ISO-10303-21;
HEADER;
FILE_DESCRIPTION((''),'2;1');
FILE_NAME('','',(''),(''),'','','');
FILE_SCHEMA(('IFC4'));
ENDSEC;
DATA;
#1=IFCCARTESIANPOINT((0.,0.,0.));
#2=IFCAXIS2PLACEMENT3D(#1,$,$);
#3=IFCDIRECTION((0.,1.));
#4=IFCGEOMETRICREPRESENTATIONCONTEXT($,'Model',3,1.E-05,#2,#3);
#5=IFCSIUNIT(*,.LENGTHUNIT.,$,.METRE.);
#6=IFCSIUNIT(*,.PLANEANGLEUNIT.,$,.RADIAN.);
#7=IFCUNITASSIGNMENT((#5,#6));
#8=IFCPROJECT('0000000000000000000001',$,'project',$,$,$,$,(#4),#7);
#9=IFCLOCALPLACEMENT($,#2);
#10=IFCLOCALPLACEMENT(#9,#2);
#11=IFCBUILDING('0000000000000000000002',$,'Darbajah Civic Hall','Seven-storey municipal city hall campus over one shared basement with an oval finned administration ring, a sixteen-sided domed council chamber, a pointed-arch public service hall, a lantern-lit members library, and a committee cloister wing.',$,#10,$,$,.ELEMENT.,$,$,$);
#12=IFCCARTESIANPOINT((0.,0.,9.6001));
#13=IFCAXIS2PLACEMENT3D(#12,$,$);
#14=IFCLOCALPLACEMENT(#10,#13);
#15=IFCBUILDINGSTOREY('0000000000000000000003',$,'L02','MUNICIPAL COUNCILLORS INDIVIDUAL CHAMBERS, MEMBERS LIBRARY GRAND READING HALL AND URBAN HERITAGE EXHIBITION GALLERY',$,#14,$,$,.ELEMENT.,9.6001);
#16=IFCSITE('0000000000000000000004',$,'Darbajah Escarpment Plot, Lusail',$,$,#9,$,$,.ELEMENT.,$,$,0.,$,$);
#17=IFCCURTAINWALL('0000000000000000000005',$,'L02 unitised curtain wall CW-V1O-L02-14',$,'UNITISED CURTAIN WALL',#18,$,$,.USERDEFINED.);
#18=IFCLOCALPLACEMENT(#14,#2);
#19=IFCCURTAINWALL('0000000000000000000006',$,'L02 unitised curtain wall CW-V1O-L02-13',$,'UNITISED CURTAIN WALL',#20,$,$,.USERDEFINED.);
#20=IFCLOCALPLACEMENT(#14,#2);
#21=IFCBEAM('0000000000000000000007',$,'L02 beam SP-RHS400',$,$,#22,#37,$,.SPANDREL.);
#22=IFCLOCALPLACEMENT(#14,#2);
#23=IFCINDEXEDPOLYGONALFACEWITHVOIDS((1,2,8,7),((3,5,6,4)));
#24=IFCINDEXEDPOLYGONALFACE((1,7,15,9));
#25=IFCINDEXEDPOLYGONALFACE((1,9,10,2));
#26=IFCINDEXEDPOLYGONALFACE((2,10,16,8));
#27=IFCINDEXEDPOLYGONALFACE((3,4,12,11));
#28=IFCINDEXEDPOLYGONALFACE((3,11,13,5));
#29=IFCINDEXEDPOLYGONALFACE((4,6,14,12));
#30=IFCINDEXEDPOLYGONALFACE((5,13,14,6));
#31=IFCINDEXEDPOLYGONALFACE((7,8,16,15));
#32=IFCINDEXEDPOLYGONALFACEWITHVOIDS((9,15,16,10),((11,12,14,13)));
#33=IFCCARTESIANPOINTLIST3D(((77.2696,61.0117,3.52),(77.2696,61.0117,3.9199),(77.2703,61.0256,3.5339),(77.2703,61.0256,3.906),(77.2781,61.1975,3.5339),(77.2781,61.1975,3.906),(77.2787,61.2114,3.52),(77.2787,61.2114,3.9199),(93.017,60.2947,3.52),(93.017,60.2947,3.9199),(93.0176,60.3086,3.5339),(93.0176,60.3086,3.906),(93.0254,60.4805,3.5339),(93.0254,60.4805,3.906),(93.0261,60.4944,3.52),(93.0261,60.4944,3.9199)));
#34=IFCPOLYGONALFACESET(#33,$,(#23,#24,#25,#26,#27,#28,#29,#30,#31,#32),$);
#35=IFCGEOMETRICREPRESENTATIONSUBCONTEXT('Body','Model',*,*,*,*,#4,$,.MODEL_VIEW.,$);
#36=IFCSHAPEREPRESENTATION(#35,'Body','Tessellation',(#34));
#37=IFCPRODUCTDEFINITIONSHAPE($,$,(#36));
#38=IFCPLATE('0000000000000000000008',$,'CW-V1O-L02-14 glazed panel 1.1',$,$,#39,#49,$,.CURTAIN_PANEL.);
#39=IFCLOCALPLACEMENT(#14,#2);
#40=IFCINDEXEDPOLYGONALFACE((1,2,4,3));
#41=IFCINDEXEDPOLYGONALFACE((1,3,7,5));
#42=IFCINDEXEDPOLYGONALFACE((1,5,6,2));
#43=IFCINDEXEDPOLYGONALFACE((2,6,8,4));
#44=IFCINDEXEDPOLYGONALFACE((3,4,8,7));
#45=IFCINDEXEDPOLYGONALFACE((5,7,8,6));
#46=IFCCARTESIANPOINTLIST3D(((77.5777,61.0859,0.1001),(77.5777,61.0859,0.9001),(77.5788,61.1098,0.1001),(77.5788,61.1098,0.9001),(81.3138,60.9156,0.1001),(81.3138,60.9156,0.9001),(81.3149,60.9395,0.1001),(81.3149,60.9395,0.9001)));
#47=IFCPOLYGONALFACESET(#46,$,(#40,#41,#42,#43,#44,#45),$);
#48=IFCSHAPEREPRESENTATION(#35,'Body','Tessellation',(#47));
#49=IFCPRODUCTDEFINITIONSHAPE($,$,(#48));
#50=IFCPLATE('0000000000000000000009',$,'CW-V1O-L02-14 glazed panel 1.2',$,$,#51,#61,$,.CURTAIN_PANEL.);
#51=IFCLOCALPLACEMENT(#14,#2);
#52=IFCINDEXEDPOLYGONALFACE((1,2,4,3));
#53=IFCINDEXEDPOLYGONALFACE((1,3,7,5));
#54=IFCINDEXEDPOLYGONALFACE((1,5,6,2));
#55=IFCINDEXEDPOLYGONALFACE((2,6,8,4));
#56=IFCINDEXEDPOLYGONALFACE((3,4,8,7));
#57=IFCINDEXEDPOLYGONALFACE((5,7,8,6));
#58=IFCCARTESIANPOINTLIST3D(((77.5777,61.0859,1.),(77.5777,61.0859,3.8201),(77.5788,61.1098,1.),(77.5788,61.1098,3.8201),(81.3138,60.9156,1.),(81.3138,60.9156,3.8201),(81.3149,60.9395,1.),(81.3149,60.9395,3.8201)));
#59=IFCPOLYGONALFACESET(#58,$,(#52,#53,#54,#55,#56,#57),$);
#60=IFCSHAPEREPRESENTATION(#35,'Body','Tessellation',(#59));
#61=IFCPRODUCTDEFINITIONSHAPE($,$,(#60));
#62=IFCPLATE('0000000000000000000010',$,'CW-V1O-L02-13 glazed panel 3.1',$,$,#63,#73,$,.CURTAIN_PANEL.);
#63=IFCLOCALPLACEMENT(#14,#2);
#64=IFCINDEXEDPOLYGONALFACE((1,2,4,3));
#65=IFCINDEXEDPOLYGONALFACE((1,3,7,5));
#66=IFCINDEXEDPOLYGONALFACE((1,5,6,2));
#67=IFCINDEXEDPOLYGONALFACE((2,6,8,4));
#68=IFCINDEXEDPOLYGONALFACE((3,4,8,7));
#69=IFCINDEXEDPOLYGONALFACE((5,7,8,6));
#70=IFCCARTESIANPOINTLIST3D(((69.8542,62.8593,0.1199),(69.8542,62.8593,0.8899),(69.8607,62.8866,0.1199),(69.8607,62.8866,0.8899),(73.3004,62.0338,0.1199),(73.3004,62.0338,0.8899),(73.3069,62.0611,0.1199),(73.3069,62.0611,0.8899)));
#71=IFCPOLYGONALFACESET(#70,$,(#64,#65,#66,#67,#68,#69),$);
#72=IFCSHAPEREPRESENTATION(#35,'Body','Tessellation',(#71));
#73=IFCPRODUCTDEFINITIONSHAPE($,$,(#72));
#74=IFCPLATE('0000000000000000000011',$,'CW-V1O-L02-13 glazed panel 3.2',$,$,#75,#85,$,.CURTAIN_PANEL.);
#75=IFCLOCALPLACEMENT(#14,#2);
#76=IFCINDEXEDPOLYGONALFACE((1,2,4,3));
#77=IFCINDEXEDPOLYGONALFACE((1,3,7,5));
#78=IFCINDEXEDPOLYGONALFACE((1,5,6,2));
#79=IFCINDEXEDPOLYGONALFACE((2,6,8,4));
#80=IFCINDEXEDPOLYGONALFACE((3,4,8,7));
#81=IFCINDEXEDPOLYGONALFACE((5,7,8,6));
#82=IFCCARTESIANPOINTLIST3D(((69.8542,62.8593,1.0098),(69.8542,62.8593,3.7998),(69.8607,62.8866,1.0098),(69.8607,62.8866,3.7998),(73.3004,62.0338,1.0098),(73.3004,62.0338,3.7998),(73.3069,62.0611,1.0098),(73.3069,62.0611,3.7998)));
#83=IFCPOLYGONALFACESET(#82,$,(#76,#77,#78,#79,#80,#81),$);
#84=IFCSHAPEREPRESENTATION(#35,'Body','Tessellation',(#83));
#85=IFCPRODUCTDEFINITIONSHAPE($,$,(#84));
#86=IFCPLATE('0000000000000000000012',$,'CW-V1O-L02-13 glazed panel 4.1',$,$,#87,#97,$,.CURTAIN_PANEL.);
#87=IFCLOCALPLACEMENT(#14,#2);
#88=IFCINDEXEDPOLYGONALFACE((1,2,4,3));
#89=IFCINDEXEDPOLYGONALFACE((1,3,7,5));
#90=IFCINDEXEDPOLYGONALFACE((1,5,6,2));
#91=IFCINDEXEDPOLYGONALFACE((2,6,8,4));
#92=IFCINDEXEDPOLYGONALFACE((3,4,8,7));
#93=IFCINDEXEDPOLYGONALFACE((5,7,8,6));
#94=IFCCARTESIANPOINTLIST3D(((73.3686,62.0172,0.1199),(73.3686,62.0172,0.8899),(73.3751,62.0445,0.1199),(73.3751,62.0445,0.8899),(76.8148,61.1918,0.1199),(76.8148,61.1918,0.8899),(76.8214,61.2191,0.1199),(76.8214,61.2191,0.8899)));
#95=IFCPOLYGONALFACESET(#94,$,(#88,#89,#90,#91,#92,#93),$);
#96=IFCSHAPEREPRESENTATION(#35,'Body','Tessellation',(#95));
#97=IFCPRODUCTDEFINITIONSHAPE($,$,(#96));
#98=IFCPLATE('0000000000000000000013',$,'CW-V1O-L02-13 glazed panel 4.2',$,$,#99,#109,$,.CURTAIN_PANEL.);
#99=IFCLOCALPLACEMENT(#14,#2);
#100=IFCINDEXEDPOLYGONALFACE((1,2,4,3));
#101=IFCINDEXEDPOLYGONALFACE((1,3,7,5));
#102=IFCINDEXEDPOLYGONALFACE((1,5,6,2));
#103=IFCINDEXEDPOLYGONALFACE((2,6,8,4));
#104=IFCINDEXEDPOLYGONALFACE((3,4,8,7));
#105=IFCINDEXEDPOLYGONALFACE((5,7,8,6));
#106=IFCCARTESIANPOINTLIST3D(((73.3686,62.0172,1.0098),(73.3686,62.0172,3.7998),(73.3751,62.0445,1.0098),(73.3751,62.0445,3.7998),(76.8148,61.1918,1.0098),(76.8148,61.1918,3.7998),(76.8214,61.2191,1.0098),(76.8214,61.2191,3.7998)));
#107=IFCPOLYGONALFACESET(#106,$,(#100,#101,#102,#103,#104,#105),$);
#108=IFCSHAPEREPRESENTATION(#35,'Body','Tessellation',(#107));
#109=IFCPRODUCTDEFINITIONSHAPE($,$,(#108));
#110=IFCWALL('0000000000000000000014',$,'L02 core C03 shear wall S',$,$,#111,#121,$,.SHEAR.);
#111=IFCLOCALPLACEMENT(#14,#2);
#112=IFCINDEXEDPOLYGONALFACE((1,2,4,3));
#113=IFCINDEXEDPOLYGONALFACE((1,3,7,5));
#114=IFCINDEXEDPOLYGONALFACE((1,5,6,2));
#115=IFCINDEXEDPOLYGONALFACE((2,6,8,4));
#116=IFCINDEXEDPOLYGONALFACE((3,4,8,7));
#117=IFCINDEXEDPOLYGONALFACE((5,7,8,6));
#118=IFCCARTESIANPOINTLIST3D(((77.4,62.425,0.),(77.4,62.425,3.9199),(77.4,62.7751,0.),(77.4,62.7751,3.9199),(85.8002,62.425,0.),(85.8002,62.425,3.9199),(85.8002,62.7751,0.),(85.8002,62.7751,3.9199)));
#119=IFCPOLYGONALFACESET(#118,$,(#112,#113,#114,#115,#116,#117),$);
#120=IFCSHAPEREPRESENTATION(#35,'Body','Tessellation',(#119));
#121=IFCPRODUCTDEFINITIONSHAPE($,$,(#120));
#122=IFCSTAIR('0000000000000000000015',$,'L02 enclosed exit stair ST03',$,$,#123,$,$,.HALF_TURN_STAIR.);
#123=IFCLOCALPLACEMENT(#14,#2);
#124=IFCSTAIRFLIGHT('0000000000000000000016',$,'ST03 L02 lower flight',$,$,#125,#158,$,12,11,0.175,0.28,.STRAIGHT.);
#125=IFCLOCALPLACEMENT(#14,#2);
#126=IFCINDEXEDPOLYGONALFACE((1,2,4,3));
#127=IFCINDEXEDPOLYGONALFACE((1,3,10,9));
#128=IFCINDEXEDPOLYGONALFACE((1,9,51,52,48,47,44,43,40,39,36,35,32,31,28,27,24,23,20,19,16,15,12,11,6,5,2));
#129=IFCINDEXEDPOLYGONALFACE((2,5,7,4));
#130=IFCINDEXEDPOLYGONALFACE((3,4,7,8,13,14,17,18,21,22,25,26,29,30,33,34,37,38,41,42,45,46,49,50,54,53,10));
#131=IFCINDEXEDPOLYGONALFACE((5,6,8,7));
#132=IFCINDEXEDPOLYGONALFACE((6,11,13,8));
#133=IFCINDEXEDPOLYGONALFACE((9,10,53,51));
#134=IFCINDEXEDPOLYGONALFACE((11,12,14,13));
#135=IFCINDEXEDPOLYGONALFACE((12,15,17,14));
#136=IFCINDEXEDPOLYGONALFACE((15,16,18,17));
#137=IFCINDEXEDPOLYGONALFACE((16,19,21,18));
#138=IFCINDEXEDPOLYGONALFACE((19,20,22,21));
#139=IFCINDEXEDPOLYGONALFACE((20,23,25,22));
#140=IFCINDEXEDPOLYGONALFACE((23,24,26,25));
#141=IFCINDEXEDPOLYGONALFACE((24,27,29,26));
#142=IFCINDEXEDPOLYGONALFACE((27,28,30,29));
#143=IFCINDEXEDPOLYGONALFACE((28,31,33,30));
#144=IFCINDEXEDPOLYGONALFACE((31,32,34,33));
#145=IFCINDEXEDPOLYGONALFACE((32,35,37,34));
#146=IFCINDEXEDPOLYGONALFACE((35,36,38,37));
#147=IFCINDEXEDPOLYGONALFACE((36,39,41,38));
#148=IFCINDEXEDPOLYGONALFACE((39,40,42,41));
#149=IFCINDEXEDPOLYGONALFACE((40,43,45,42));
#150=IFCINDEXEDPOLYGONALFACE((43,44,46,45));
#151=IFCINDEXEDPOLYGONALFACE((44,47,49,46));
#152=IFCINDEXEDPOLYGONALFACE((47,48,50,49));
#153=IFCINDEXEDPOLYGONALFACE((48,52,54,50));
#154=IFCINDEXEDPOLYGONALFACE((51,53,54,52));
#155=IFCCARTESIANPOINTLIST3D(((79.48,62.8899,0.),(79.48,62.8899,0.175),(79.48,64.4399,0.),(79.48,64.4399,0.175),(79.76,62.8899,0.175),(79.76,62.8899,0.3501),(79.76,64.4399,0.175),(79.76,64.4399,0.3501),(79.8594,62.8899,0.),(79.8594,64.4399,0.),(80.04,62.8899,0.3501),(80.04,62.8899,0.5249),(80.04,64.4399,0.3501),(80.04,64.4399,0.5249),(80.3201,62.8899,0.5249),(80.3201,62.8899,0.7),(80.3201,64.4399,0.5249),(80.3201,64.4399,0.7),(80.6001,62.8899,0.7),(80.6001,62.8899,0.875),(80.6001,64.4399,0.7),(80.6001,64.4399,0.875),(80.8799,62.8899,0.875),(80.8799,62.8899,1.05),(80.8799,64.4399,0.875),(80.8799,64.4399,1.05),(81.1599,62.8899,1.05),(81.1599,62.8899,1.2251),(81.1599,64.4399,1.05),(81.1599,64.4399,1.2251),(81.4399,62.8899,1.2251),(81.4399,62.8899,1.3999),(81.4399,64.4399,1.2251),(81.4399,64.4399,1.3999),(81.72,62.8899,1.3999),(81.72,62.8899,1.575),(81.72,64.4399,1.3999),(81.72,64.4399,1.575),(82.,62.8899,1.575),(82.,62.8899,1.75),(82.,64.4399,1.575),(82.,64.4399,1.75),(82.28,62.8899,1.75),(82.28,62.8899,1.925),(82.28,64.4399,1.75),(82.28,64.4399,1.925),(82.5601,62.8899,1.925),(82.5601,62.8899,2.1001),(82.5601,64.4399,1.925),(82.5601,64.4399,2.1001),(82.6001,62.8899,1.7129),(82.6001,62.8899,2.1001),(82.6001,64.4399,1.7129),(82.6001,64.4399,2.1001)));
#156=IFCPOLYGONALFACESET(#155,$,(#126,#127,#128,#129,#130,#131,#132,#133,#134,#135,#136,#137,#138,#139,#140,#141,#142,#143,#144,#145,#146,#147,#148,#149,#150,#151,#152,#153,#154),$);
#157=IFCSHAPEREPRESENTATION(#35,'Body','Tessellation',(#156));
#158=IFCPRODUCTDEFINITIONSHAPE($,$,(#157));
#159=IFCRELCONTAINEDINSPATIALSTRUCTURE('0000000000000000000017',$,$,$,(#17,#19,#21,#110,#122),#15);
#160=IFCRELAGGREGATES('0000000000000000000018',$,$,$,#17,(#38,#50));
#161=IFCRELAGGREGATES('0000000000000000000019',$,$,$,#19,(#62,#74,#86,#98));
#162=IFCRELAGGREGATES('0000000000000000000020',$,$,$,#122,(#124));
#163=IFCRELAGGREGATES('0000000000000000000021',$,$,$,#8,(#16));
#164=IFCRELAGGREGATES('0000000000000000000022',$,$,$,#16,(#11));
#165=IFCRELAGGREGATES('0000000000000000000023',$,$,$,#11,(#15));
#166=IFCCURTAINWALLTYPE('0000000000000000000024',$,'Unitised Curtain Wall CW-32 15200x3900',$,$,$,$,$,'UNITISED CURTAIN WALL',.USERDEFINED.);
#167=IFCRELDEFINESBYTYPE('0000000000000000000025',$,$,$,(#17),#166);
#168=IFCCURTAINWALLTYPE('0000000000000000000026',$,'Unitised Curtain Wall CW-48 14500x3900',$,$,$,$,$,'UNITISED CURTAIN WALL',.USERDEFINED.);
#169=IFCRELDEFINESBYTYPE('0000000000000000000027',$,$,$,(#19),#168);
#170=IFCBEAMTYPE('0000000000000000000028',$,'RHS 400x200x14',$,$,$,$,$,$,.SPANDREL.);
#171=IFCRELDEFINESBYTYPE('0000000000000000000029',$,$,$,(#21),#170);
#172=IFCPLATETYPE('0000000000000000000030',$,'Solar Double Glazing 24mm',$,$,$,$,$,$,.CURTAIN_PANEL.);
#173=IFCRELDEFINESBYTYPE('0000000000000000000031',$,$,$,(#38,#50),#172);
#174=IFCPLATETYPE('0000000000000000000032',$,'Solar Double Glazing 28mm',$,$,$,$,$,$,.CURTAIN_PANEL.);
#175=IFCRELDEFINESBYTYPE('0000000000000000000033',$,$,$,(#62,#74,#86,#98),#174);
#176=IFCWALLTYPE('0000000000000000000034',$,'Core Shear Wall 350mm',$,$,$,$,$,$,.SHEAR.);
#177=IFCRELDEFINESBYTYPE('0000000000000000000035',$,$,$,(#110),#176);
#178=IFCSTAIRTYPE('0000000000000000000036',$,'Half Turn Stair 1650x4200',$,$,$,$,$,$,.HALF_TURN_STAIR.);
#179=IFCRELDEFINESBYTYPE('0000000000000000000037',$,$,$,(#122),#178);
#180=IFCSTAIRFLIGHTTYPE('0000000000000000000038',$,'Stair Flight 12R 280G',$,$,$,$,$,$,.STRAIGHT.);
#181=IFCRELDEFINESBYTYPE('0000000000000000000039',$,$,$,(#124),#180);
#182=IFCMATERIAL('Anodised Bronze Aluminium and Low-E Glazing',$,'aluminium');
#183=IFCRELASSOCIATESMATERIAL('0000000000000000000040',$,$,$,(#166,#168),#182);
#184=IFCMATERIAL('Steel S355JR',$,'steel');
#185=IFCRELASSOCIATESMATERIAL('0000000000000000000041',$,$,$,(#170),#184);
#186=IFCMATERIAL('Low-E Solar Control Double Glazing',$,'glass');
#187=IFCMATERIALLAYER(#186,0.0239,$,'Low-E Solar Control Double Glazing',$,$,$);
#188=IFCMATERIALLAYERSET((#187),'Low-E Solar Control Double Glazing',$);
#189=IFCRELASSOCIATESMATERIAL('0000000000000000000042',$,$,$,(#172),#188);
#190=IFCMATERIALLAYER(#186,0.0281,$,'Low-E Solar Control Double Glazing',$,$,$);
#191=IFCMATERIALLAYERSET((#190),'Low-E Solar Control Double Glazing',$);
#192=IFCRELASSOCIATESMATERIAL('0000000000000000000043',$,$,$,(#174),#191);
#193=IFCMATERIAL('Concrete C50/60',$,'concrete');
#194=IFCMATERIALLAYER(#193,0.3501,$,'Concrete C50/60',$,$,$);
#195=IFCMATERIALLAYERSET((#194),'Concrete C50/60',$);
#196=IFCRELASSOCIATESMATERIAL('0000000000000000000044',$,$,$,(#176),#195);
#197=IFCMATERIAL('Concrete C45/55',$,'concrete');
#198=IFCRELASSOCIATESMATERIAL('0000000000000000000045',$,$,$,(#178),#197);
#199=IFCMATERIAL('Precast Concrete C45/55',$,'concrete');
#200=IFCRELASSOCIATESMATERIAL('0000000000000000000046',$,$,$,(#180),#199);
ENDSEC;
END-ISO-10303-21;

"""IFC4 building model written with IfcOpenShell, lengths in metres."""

from ifc_helpers import new_model, si_unit, direction, frame, frame_2d, origin, origin_2d, place, context, subcontext, project, spatial, polyline, rectangle, hollow_rectangle, outline, extrude, material, layer, layer_set, material_profile, profile_set, type_object, element, aggregate, save


model = new_model("IFC4")

# Units and contexts
model_context = context("Model", 3, precision=1e-05, world=origin(), true_north=direction((0.0, 1.0)))
body_context = subcontext(model_context, "Body", "Model", "MODEL_VIEW")
ifc_project = project(units=[si_unit("LENGTHUNIT", "METRE"), si_unit("PLANEANGLEUNIT", "RADIAN")], contexts=[model_context])

# Site, building, storey
site_placement = place(None, origin())
site = spatial("IfcSite", under=ifc_project, at=site_placement, Name="Darbajah Escarpment Plot, Lusail", CompositionType="ELEMENT", RefElevation=0.0)
building_placement = place(site_placement, origin())
building = spatial("IfcBuilding", under=site, at=building_placement, Name="Darbajah Civic Hall", Description="Seven-storey municipal city hall campus over one shared basement with an oval finned administration ring, a sixteen-sided domed council chamber, a pointed-arch public service hall, a lantern-lit members library, and a committee cloister wing.", CompositionType="ELEMENT")
storey_placement = place(building_placement, frame((0.0, 0.0, 9.6001)))
storey = spatial("IfcBuildingStorey", under=building, at=storey_placement, Name="L02", Description="MUNICIPAL COUNCILLORS INDIVIDUAL CHAMBERS, MEMBERS LIBRARY GRAND READING HALL AND URBAN HERITAGE EXHIBITION GALLERY", CompositionType="ELEMENT", Elevation=9.6001)

# Shared definitions
ifc_material_1 = material(Name="Concrete C45/55", Category="concrete")

# Curtain wall
ifc_material_2 = material(Name="Anodised Bronze Aluminium and Low-E Glazing", Category="aluminium")
curtain_wall_type_1 = type_object("IfcCurtainWallType", Name="Unitised Curtain Wall CW-32 15200x3900", ElementType="UNITISED CURTAIN WALL", PredefinedType="USERDEFINED", material=ifc_material_2)
curtain_wall_1_placement = place(storey_placement, origin())
curtain_wall_1 = element("IfcCurtainWall", 1, at=curtain_wall_1_placement, inside=storey, type_object=curtain_wall_type_1, Name="L02 unitised curtain wall CW-V1O-L02-14", ObjectType="UNITISED CURTAIN WALL", PredefinedType="USERDEFINED")

# Curtain wall
curtain_wall_type_2 = type_object("IfcCurtainWallType", Name="Unitised Curtain Wall CW-48 14500x3900", ElementType="UNITISED CURTAIN WALL", PredefinedType="USERDEFINED", material=ifc_material_2)
curtain_wall_2_placement = place(storey_placement, origin())
curtain_wall_2 = element("IfcCurtainWall", 2, at=curtain_wall_2_placement, inside=storey, type_object=curtain_wall_type_2, Name="L02 unitised curtain wall CW-V1O-L02-13", ObjectType="UNITISED CURTAIN WALL", PredefinedType="USERDEFINED")

# Beam
ifc_material_3 = material(Name="Steel S355JR", Category="steel")
ifc_material_profile_1 = material_profile(ifc_material_3, hollow_rectangle(XDim=0.2, YDim=0.3999, WallThickness=0.0139, at=origin_2d()), Name="RHS 400x200x14")
ifc_profile_set_1 = profile_set([ifc_material_profile_1], Name="Steel S355JR")
beam_type = type_object("IfcBeamType", Name="RHS 400x200x14", PredefinedType="SPANDREL", material=ifc_profile_set_1)
beam_placement = place(storey_placement, frame((77.2742, 61.1116, 3.72), z_axis=(0.998965, -0.045487, 0.0), x_axis=(0.045487, 0.998965, 0.0)))
element("IfcBeam", 3, at=beam_placement, inside=storey, type_object=beam_type, Name="L02 beam SP-RHS400", PredefinedType="SPANDREL", context=body_context, shape_type="SweptSolid", body=[
    extrude(hollow_rectangle(XDim=0.2, YDim=0.3999, WallThickness=0.0139, at=origin_2d()), origin(), (0.0, 0.0, 1.0), 15.7637),
])

# Plates
ifc_material_4 = material(Name="Low-E Solar Control Double Glazing", Category="glass")
ifc_layer_1 = layer(ifc_material_4, 0.0239, Name="Low-E Solar Control Double Glazing")
ifc_layer_set_1 = layer_set([ifc_layer_1], Name="Low-E Solar Control Double Glazing")
plate_type_1 = type_object("IfcPlateType", Name="Solar Double Glazing 24mm", PredefinedType="CURTAIN_PANEL", material=ifc_layer_set_1)
plate_1_placement = place(storey_placement, frame((79.4463, 61.0127, 0.1001), z_axis=(0.0, 0.0, 1.0), x_axis=(0.998963, -0.045537, 0.0)))
plate_1 = element("IfcPlate", 4, at=plate_1_placement, type_object=plate_type_1, Name="CW-V1O-L02-14 glazed panel 1.1", PredefinedType="CURTAIN_PANEL", context=body_context, shape_type="SweptSolid", body=[
    extrude(rectangle(XDim=3.74, YDim=0.0239, at=origin_2d()), origin(), (0.0, 0.0, 1.0), 0.8),
])
plate_2_placement = place(storey_placement, frame((79.4463, 61.0127, 1.0), z_axis=(0.0, 0.0, 1.0), x_axis=(0.998963, -0.045537, 0.0)))
plate_2 = element("IfcPlate", 5, at=plate_2_placement, type_object=plate_type_1, Name="CW-V1O-L02-14 glazed panel 1.2", PredefinedType="CURTAIN_PANEL", context=body_context, shape_type="SweptSolid", body=[
    extrude(rectangle(XDim=3.74, YDim=0.0239, at=origin_2d()), origin(), (0.0, 0.0, 1.0), 2.8201),
])
aggregate(curtain_wall_1, [plate_1, plate_2])
ifc_layer_2 = layer(ifc_material_4, 0.0281, Name="Low-E Solar Control Double Glazing")
ifc_layer_set_2 = layer_set([ifc_layer_2], Name="Low-E Solar Control Double Glazing")
plate_type_2 = type_object("IfcPlateType", Name="Solar Double Glazing 28mm", PredefinedType="CURTAIN_PANEL", material=ifc_layer_set_2)
plate_3_placement = place(storey_placement, frame((71.5806, 62.4602, 0.1199), z_axis=(0.0, 0.0, 1.0), x_axis=(0.972492, -0.232936, 0.0)))
plate_3 = element("IfcPlate", 6, at=plate_3_placement, type_object=plate_type_2, Name="CW-V1O-L02-13 glazed panel 3.1", PredefinedType="CURTAIN_PANEL", context=body_context, shape_type="SweptSolid", body=[
    extrude(rectangle(XDim=3.5437, YDim=0.0281, at=origin_2d()), origin(), (0.0, 0.0, 1.0), 0.77),
])
plate_4_placement = place(storey_placement, frame((71.5806, 62.4602, 1.0098), z_axis=(0.0, 0.0, 1.0), x_axis=(0.972492, -0.232936, 0.0)))
plate_4 = element("IfcPlate", 7, at=plate_4_placement, type_object=plate_type_2, Name="CW-V1O-L02-13 glazed panel 3.2", PredefinedType="CURTAIN_PANEL", context=body_context, shape_type="SweptSolid", body=[
    extrude(rectangle(XDim=3.5437, YDim=0.0281, at=origin_2d()), origin(), (0.0, 0.0, 1.0), 2.79),
])
plate_5_placement = place(storey_placement, frame((75.095, 61.6182, 0.1199), z_axis=(0.0, 0.0, 1.0), x_axis=(0.972492, -0.232936, 0.0)))
plate_5 = element("IfcPlate", 8, at=plate_5_placement, type_object=plate_type_2, Name="CW-V1O-L02-13 glazed panel 4.1", PredefinedType="CURTAIN_PANEL", context=body_context, shape_type="SweptSolid", body=[
    extrude(rectangle(XDim=3.5437, YDim=0.0281, at=origin_2d()), origin(), (0.0, 0.0, 1.0), 0.77),
])
plate_6_placement = place(storey_placement, frame((75.095, 61.6182, 1.0098), z_axis=(0.0, 0.0, 1.0), x_axis=(0.972492, -0.232936, 0.0)))
plate_6 = element("IfcPlate", 9, at=plate_6_placement, type_object=plate_type_2, Name="CW-V1O-L02-13 glazed panel 4.2", PredefinedType="CURTAIN_PANEL", context=body_context, shape_type="SweptSolid", body=[
    extrude(rectangle(XDim=3.5437, YDim=0.0281, at=origin_2d()), origin(), (0.0, 0.0, 1.0), 2.79),
])
aggregate(curtain_wall_2, [plate_3, plate_4, plate_5, plate_6])

# Wall
ifc_material_5 = material(Name="Concrete C50/60", Category="concrete")
ifc_layer_3 = layer(ifc_material_5, 0.3501, Name="Concrete C50/60")
ifc_layer_set_3 = layer_set([ifc_layer_3], Name="Concrete C50/60")
wall_type = type_object("IfcWallType", Name="Core Shear Wall 350mm", PredefinedType="SHEAR", material=ifc_layer_set_3)
wall_placement = place(storey_placement, frame((77.3999, 62.6001, 0.0), z_axis=(0.0, 0.0, 1.0), x_axis=(1.0, 0.0, 0.0)))
element("IfcWall", 10, at=wall_placement, inside=storey, type_object=wall_type, Name="L02 core C03 shear wall S", PredefinedType="SHEAR", context=body_context, shape_type="SweptSolid", body=[
    extrude(rectangle(XDim=8.4001, YDim=0.3501, at=frame_2d((4.2002, 0.0))), origin(), (0.0, 0.0, 1.0), 3.9199),
])

# Stair, stair flight
stair_type = type_object("IfcStairType", Name="Half Turn Stair 1650x4200", PredefinedType="HALF_TURN_STAIR", material=ifc_material_1)
stair_placement = place(storey_placement, origin())
stair = element("IfcStair", 11, at=stair_placement, inside=storey, type_object=stair_type, Name="L02 enclosed exit stair ST03", PredefinedType="HALF_TURN_STAIR")
ifc_material_6 = material(Name="Precast Concrete C45/55", Category="concrete")
stair_flight_type = type_object("IfcStairFlightType", Name="Stair Flight 12R 280G", PredefinedType="STRAIGHT", material=ifc_material_6)
stair_flight_placement = place(storey_placement, frame((79.48, 63.665, 0.0), z_axis=(0.0, 0.0, 1.0), x_axis=(1.0, 0.0, 0.0)))
stair_flight = element("IfcStairFlight", 12, at=stair_flight_placement, type_object=stair_flight_type, Name="ST03 L02 lower flight", NumberOfRisers=12, NumberOfTreads=11, PredefinedType="STRAIGHT", RiserHeight=0.175, TreadLength=0.28, context=body_context, shape_type="SweptSolid", body=[
    extrude(outline(polyline([(0.0, 0.0), (0.0, 0.175), (0.28, 0.175), (0.28, 0.3501), (0.5601, 0.3501), (0.5601, 0.5249), (0.8401, 0.5249), (0.8401, 0.7), (1.1201, 0.7), (1.1201, 0.875), (1.3999, 0.875), (1.3999, 1.05), (1.6799, 1.05), (1.6799, 1.2251), (1.96, 1.2251), (1.96, 1.3999), (2.24, 1.3999), (2.24, 1.575), (2.52, 1.575), (2.52, 1.75), (2.8, 1.75), (2.8, 1.925), (3.0801, 1.925), (3.0801, 2.1001), (3.1201, 2.1001), (3.1201, 1.7129), (0.3794, 0.0), (0.0, 0.0)])), frame((0.0, 0.7749, 0.0), z_axis=(0.0, -1.0, 0.0), x_axis=(1.0, 0.0, 0.0)), (0.0, 0.0, 1.0), 1.55),
])
aggregate(stair, [stair_flight])

save(model, "model.ifc")
